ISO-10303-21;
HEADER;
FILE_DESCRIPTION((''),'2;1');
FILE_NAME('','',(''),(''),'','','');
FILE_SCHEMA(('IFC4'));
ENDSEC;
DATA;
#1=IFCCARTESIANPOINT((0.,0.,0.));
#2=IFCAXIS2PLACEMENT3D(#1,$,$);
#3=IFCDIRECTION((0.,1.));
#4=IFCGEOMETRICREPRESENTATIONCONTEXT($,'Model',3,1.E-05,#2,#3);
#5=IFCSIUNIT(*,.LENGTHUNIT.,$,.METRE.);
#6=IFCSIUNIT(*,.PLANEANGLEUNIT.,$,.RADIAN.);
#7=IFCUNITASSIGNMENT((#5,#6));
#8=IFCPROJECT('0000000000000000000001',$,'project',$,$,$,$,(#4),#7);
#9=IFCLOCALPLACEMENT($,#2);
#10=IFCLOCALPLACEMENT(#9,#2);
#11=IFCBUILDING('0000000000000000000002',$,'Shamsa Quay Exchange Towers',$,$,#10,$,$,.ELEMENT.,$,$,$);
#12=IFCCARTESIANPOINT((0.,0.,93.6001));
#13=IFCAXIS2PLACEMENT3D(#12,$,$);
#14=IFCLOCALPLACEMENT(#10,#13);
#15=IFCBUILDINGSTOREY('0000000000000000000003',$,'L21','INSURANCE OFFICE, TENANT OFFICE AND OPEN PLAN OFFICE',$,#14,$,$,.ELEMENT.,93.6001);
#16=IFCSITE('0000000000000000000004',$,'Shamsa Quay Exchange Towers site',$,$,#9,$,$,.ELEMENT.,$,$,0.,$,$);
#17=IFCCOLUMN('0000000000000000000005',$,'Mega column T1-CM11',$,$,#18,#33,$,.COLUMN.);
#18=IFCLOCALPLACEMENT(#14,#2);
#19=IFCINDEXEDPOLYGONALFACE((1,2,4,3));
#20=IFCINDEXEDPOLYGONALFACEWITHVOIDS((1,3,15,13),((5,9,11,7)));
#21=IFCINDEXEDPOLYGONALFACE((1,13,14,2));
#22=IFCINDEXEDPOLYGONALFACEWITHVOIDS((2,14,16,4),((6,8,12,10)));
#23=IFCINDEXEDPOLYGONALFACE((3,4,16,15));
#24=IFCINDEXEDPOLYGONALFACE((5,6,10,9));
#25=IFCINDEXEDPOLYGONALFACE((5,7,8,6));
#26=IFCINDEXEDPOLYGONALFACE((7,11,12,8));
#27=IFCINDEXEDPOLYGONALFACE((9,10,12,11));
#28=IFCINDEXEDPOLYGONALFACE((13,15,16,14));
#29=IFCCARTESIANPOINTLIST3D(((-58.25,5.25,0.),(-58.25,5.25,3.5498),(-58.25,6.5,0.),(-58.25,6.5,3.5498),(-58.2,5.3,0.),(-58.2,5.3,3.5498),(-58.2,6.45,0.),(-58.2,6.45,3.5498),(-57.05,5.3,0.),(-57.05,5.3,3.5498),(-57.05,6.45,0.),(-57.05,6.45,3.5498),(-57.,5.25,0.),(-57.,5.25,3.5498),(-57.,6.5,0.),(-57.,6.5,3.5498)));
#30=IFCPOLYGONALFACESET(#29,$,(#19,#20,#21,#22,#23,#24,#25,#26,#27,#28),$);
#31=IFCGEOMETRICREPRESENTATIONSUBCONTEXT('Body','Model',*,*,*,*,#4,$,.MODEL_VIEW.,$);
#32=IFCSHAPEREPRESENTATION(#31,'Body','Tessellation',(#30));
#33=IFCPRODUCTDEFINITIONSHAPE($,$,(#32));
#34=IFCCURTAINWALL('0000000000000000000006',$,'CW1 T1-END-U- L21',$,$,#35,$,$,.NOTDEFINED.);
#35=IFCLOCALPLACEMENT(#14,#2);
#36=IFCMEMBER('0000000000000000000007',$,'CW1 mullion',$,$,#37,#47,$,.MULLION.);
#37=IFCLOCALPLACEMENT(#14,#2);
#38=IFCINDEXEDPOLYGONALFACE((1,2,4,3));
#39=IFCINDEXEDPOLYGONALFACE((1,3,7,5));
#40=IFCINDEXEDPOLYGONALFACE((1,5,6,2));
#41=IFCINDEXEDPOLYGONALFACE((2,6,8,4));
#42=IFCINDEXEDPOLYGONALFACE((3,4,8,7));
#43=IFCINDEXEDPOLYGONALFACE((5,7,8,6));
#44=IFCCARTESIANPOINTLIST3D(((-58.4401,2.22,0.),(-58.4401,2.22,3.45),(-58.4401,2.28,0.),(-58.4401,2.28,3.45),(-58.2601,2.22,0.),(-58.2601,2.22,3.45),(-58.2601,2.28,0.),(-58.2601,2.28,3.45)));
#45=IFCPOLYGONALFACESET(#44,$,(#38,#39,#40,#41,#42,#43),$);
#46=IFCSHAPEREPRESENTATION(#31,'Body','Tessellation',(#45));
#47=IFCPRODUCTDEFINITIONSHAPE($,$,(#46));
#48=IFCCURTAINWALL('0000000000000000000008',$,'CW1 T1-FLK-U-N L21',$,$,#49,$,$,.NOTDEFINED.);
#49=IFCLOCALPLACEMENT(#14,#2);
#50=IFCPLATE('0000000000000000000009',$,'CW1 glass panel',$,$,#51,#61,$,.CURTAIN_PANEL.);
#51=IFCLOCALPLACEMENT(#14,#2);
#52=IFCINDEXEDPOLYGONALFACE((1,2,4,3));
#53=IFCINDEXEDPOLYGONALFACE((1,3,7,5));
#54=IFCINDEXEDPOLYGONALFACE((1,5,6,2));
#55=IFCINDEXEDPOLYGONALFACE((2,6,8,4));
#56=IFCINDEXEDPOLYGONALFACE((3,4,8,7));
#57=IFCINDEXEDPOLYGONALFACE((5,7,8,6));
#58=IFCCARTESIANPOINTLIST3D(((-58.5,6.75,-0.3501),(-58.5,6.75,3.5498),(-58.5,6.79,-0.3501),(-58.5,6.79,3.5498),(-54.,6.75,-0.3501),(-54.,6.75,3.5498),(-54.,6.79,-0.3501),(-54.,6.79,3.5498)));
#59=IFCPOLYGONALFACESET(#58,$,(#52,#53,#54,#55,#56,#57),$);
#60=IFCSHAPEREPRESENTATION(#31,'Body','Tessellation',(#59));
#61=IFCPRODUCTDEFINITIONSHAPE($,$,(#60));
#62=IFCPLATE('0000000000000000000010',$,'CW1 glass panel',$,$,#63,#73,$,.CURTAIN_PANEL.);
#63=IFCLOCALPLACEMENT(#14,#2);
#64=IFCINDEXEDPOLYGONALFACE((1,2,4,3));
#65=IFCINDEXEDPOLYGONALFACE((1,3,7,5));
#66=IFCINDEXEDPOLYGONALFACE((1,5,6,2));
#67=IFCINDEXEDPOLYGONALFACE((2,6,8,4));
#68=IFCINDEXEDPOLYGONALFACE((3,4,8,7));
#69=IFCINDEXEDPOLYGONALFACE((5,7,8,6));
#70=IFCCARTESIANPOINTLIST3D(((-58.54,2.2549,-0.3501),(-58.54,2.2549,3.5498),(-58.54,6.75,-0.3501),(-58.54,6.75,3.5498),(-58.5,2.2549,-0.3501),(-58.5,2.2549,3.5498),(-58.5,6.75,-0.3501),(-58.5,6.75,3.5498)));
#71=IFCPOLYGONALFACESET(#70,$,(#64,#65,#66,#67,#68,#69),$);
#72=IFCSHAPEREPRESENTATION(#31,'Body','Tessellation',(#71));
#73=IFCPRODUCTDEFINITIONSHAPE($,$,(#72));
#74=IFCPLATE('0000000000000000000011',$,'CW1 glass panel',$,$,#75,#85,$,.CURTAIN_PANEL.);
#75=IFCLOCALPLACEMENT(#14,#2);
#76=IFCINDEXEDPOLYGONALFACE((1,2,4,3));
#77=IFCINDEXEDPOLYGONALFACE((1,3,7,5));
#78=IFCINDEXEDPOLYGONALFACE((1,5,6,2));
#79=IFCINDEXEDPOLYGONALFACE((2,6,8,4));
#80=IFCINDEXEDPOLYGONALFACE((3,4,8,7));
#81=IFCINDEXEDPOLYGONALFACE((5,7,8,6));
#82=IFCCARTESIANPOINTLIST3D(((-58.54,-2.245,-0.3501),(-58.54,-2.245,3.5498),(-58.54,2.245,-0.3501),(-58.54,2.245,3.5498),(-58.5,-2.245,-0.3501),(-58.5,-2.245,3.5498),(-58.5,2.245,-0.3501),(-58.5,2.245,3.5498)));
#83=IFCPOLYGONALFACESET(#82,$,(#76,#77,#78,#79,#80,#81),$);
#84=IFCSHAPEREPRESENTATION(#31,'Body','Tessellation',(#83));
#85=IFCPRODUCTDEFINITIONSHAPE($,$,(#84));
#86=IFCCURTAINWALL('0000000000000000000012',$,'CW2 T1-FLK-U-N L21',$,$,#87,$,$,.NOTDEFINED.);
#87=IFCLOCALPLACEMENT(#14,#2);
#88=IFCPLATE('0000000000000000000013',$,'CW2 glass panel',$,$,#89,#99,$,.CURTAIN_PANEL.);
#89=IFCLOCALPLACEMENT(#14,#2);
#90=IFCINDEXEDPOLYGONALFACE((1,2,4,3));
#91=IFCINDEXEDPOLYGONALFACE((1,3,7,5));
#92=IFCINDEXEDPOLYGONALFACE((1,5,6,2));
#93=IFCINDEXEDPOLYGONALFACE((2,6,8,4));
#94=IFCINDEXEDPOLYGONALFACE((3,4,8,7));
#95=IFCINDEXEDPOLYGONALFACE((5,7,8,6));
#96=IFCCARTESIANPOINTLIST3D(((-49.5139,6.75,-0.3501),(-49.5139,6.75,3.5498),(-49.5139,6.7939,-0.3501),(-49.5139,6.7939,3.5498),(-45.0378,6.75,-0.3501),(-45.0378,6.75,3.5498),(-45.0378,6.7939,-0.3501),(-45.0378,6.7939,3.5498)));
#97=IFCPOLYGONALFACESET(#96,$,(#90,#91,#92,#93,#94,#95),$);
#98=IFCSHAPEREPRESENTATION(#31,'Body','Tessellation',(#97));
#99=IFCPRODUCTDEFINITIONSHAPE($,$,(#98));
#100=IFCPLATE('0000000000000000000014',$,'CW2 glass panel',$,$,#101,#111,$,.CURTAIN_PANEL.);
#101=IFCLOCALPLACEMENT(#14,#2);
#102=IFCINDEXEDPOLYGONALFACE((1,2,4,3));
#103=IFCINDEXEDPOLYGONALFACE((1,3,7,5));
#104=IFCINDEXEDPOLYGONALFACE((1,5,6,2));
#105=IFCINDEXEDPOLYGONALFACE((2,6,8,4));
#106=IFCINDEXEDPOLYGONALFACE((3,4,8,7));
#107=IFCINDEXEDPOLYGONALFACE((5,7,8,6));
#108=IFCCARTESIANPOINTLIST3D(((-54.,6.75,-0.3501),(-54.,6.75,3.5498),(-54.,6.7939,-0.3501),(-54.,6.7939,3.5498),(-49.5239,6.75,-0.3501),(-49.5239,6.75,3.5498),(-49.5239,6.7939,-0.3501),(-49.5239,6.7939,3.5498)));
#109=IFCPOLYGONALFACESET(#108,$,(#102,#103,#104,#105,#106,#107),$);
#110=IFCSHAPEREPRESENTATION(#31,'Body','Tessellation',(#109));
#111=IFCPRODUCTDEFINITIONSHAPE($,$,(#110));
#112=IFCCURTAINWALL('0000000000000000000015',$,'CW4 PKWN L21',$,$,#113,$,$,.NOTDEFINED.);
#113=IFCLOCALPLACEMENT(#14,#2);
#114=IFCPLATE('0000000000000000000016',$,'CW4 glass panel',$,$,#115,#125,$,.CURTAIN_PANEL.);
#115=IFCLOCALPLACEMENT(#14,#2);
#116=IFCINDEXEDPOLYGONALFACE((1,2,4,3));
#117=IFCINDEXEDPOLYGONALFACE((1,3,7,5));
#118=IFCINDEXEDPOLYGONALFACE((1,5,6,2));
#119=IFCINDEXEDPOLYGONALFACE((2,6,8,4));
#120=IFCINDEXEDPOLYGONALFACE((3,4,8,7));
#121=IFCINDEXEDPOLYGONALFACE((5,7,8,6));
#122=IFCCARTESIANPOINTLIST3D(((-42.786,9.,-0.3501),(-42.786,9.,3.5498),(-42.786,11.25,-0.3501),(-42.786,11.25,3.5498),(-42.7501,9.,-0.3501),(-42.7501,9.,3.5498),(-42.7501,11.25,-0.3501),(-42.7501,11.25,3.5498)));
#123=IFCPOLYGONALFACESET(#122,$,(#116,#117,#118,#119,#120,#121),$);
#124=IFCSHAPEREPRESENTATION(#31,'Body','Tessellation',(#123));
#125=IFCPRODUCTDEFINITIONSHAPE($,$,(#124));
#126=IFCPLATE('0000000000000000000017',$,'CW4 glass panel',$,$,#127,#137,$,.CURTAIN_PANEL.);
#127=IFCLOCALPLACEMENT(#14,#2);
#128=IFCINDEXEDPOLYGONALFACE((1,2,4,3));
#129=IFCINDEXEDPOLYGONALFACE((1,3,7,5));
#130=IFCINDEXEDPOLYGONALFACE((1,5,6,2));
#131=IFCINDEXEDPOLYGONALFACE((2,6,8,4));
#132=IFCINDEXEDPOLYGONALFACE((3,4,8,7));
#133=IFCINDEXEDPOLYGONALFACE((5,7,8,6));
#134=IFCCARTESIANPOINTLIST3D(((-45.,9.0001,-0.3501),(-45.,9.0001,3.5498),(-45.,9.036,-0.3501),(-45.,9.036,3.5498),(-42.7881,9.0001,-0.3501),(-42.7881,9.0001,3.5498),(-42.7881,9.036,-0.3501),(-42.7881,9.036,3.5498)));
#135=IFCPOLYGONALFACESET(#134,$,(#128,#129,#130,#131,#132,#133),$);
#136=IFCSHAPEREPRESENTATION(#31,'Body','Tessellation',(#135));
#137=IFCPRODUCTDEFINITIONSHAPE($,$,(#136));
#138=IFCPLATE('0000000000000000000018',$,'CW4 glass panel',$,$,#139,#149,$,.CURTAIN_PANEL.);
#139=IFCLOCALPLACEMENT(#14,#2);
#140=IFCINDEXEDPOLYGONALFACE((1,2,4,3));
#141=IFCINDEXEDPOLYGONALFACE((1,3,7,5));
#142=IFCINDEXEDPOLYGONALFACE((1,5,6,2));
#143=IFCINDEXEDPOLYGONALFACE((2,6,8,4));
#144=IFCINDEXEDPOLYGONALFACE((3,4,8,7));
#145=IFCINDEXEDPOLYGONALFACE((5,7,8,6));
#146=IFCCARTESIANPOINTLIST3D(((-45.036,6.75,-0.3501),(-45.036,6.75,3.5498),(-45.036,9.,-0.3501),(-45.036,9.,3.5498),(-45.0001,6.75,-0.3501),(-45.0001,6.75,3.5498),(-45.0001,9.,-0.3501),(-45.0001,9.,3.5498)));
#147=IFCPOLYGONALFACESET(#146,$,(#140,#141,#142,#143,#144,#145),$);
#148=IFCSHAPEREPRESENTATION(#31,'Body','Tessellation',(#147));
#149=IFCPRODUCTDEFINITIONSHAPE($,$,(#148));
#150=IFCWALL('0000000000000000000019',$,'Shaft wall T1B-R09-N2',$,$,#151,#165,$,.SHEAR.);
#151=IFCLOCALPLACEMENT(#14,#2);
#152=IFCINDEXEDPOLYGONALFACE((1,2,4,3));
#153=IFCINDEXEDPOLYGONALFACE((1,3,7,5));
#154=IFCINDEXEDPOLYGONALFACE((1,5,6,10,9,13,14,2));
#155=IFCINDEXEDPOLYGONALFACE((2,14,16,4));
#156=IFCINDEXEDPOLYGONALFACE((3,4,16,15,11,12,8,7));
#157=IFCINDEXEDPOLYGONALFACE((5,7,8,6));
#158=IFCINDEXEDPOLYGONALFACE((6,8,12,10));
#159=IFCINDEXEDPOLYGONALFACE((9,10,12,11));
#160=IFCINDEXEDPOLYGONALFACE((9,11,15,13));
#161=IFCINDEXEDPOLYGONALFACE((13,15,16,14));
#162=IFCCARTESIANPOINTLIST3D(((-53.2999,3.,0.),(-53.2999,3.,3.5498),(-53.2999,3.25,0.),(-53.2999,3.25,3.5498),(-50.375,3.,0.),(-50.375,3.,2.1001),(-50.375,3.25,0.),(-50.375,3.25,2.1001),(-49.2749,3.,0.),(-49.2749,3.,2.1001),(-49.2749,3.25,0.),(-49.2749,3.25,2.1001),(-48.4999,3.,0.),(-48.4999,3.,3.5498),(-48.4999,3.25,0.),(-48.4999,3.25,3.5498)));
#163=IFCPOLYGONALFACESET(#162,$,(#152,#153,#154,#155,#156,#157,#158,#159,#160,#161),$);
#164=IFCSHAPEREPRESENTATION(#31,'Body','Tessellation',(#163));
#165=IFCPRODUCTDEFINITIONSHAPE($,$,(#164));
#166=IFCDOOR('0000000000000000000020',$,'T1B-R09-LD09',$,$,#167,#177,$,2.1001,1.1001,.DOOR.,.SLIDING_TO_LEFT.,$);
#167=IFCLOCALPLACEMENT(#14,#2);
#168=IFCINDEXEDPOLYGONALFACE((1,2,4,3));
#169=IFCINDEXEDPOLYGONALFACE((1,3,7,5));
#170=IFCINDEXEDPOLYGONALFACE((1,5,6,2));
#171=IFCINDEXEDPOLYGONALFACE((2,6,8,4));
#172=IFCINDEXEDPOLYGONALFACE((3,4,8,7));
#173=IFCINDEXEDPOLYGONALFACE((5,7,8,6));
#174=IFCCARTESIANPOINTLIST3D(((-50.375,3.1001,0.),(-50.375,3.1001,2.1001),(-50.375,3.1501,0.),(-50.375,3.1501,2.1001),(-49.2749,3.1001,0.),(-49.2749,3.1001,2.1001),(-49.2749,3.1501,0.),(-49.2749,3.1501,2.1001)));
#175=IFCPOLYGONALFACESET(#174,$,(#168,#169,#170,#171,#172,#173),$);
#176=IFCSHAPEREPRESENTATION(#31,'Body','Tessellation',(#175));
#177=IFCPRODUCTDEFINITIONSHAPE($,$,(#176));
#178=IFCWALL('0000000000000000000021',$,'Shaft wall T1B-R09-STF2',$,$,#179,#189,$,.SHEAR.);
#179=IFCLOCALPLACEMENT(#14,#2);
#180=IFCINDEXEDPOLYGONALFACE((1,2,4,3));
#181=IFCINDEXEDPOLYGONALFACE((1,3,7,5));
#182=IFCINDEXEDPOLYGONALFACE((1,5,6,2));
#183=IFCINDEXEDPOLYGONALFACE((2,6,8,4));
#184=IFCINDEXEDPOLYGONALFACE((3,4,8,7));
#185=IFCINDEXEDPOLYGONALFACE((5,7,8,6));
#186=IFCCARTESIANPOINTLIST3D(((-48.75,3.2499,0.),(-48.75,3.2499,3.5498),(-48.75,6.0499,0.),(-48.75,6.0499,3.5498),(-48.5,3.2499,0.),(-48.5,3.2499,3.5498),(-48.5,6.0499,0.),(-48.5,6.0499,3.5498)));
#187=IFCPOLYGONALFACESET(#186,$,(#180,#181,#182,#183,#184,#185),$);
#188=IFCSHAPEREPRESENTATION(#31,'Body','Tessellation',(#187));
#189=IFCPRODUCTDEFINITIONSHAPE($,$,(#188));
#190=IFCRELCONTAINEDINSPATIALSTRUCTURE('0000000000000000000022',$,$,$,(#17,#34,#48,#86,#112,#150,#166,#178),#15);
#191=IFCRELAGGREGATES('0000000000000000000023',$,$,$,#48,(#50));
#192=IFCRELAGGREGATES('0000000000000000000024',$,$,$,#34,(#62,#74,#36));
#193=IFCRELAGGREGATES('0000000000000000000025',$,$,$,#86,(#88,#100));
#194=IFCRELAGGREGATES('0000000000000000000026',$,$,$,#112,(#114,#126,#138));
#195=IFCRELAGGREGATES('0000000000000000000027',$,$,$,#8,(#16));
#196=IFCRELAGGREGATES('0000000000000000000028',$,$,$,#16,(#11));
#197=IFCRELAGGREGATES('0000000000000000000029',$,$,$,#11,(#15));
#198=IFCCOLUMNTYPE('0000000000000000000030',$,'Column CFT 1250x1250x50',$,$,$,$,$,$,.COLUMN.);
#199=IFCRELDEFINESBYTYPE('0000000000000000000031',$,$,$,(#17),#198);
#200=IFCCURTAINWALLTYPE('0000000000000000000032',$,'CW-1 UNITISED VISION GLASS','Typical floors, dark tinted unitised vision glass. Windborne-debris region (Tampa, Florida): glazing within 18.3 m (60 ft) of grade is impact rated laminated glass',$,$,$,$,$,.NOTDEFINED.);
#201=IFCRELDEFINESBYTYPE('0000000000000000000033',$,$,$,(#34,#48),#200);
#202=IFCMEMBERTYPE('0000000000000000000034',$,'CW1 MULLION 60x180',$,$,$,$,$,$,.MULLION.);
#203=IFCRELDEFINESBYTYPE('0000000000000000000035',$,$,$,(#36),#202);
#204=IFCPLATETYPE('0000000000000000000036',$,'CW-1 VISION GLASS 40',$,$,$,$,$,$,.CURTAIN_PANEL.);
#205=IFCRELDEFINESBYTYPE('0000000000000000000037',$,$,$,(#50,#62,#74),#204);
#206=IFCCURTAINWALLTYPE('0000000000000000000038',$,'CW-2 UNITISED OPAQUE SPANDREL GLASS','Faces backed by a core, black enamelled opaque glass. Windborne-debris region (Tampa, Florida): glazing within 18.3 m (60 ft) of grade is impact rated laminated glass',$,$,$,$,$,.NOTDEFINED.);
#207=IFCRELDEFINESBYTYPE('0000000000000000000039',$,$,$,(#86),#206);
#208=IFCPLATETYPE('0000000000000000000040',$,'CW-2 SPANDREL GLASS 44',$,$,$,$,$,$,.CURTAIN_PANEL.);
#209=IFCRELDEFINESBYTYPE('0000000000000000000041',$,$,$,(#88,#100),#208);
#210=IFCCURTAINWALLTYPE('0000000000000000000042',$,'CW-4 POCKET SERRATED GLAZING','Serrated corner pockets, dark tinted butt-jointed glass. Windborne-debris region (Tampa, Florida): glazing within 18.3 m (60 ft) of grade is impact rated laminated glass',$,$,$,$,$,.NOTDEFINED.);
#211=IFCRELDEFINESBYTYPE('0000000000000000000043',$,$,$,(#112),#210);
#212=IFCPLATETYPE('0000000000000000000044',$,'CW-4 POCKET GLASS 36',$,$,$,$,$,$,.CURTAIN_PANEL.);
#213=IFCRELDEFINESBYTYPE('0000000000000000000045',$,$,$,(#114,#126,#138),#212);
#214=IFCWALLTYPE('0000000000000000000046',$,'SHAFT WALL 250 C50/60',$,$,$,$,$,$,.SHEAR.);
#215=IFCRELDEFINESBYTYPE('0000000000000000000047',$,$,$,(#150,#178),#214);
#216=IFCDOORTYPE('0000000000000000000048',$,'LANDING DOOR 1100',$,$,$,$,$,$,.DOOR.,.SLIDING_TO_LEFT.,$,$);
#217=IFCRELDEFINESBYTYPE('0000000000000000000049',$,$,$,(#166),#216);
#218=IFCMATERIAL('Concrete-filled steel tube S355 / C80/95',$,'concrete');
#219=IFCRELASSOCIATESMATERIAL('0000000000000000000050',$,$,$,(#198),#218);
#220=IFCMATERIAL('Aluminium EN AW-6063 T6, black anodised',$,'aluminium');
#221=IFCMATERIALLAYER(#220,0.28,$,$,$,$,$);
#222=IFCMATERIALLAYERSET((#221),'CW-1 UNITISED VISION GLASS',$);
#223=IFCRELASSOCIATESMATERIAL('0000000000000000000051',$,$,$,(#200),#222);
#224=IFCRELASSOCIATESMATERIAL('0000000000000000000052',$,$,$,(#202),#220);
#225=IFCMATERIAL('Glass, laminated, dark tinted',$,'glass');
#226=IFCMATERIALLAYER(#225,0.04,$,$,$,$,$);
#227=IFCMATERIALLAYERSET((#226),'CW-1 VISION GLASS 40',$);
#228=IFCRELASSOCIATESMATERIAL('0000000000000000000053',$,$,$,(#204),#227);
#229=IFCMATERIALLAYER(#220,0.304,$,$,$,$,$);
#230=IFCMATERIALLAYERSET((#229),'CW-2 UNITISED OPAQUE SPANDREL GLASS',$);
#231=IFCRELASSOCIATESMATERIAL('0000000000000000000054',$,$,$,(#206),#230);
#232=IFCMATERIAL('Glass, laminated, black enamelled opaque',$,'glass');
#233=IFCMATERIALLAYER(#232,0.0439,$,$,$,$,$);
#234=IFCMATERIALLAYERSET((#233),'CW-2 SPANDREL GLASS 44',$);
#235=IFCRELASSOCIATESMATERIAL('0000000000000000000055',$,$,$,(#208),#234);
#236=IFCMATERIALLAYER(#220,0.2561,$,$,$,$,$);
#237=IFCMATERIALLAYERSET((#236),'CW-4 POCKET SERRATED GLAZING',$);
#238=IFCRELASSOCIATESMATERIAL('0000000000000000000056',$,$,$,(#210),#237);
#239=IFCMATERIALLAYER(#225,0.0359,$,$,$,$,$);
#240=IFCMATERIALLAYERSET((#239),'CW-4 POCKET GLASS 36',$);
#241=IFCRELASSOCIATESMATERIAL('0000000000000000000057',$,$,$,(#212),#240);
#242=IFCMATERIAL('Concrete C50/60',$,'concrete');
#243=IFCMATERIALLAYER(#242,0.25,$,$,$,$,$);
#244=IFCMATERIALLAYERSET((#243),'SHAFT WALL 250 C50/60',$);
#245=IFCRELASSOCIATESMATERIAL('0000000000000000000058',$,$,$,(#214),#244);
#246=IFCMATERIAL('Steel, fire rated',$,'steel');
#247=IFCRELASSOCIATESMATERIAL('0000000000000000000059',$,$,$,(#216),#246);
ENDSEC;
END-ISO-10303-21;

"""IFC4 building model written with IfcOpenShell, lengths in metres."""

from ifc_helpers import new_model, si_unit, direction, frame, frame_2d, origin, origin_2d, place, context, subcontext, project, spatial, rectangle, hollow_rectangle, extrude, material, layer, layer_set, material_profile, profile_set, type_object, element, fill, aggregate, save


model = new_model("IFC4")

# Units and contexts
model_context = context("Model", 3, precision=1e-05, world=origin(), true_north=direction((0.0, 1.0)))
body_context = subcontext(model_context, "Body", "Model", "MODEL_VIEW")
ifc_project = project(units=[si_unit("LENGTHUNIT", "METRE"), si_unit("PLANEANGLEUNIT", "RADIAN")], contexts=[model_context])

# Site, building, storey
site_placement = place(None, origin())
site = spatial("IfcSite", under=ifc_project, at=site_placement, Name="Shamsa Quay Exchange Towers site", CompositionType="ELEMENT", RefElevation=0.0)
building_placement = place(site_placement, origin())
building = spatial("IfcBuilding", under=site, at=building_placement, Name="Shamsa Quay Exchange Towers", CompositionType="ELEMENT")
storey_placement = place(building_placement, frame((0.0, 0.0, 93.6001)))
storey = spatial("IfcBuildingStorey", under=building, at=storey_placement, Name="L21", Description="INSURANCE OFFICE, TENANT OFFICE AND OPEN PLAN OFFICE", CompositionType="ELEMENT", Elevation=93.6001)

# Column
ifc_material_1 = material(Name="Concrete-filled steel tube S355 / C80/95", Category="concrete")
ifc_material_profile_1 = material_profile(ifc_material_1, hollow_rectangle(XDim=1.25, YDim=1.25, WallThickness=0.05, at=origin_2d()), Name="CFT 1250x1250x50")
ifc_profile_set_1 = profile_set([ifc_material_profile_1], Name="Concrete-filled steel tube S355 / C80/95")
column_type = type_object("IfcColumnType", Name="Column CFT 1250x1250x50", PredefinedType="COLUMN", material=ifc_profile_set_1)
column_placement = place(storey_placement, frame((-57.625, 5.875, 0.0)))
element("IfcColumn", 1, at=column_placement, inside=storey, type_object=column_type, Name="Mega column T1-CM11", PredefinedType="COLUMN", context=body_context, shape_type="SweptSolid", body=[
    extrude(hollow_rectangle(XDim=1.25, YDim=1.25, WallThickness=0.05, at=origin_2d()), origin(), (0.0, 0.0, 1.0), 3.5498),
])

# Curtain wall, member
ifc_material_2 = material(Name="Aluminium EN AW-6063 T6, black anodised", Category="aluminium")
ifc_layer_1 = layer(ifc_material_2, 0.28)
ifc_layer_set_1 = layer_set([ifc_layer_1], Name="CW-1 UNITISED VISION GLASS")
curtain_wall_type_1 = type_object("IfcCurtainWallType", Name="CW-1 UNITISED VISION GLASS", Description="Typical floors, dark tinted unitised vision glass. Windborne-debris region (Tampa, Florida): glazing within 18.3 m (60 ft) of grade is impact rated laminated glass", PredefinedType="NOTDEFINED", material=ifc_layer_set_1)
curtain_wall_1_placement = place(storey_placement, origin())
curtain_wall_1 = element("IfcCurtainWall", 2, at=curtain_wall_1_placement, inside=storey, type_object=curtain_wall_type_1, Name="CW1 T1-END-U- L21", PredefinedType="NOTDEFINED")
ifc_material_profile_2 = material_profile(ifc_material_2, rectangle(XDim=0.1799, YDim=0.0601, at=origin_2d()), Name="MU60x180")
ifc_profile_set_2 = profile_set([ifc_material_profile_2], Name="Aluminium EN AW-6063 T6, black anodised")
member_type = type_object("IfcMemberType", Name="CW1 MULLION 60x180", PredefinedType="MULLION", material=ifc_profile_set_2)
member_placement = place(storey_placement, frame((-58.3501, 2.25, 0.0)))
member = element("IfcMember", 3, at=member_placement, type_object=member_type, Name="CW1 mullion", PredefinedType="MULLION", context=body_context, shape_type="SweptSolid", body=[
    extrude(rectangle(XDim=0.1799, YDim=0.0601, at=origin_2d()), origin(), (0.0, 0.0, 1.0), 3.45),
])

# Curtain wall, plate
curtain_wall_2_placement = place(storey_placement, origin())
curtain_wall_2 = element("IfcCurtainWall", 4, at=curtain_wall_2_placement, inside=storey, type_object=curtain_wall_type_1, Name="CW1 T1-FLK-U-N L21", PredefinedType="NOTDEFINED")
ifc_material_3 = material(Name="Glass, laminated, dark tinted", Category="glass")
ifc_layer_2 = layer(ifc_material_3, 0.04)
ifc_layer_set_2 = layer_set([ifc_layer_2], Name="CW-1 VISION GLASS 40")
plate_type_1 = type_object("IfcPlateType", Name="CW-1 VISION GLASS 40", PredefinedType="CURTAIN_PANEL", material=ifc_layer_set_2)
plate_1_placement = place(storey_placement, frame((-56.25, 6.77, -0.3501), z_axis=(0.0, 0.0, 1.0), x_axis=(-1.0, 0.0, 0.0)))
plate_1 = element("IfcPlate", 5, at=plate_1_placement, type_object=plate_type_1, Name="CW1 glass panel", PredefinedType="CURTAIN_PANEL", context=body_context, shape_type="SweptSolid", body=[
    extrude(rectangle(XDim=4.5, YDim=0.04, at=origin_2d()), origin(), (0.0, 0.0, 1.0), 3.8999),
])
aggregate(curtain_wall_2, [plate_1])

# Plates
plate_2_placement = place(storey_placement, frame((-58.52, 4.5024, -0.3501), z_axis=(0.0, 0.0, 1.0), x_axis=(0.0, -1.0, 0.0)))
plate_2 = element("IfcPlate", 6, at=plate_2_placement, type_object=plate_type_1, Name="CW1 glass panel", PredefinedType="CURTAIN_PANEL", context=body_context, shape_type="SweptSolid", body=[
    extrude(rectangle(XDim=4.4951, YDim=0.04, at=origin_2d()), origin(), (0.0, 0.0, 1.0), 3.8999),
])
plate_3_placement = place(storey_placement, frame((-58.52, 0.0, -0.3501), z_axis=(0.0, 0.0, 1.0), x_axis=(0.0, -1.0, 0.0)))
plate_3 = element("IfcPlate", 7, at=plate_3_placement, type_object=plate_type_1, Name="CW1 glass panel", PredefinedType="CURTAIN_PANEL", context=body_context, shape_type="SweptSolid", body=[
    extrude(rectangle(XDim=4.49, YDim=0.04, at=origin_2d()), origin(), (0.0, 0.0, 1.0), 3.8999),
])
aggregate(curtain_wall_1, [plate_2, plate_3, member])

# Curtain walls, plates
ifc_layer_3 = layer(ifc_material_2, 0.304)
ifc_layer_set_3 = layer_set([ifc_layer_3], Name="CW-2 UNITISED OPAQUE SPANDREL GLASS")
curtain_wall_type_2 = type_object("IfcCurtainWallType", Name="CW-2 UNITISED OPAQUE SPANDREL GLASS", Description="Faces backed by a core, black enamelled opaque glass. Windborne-debris region (Tampa, Florida): glazing within 18.3 m (60 ft) of grade is impact rated laminated glass", PredefinedType="NOTDEFINED", material=ifc_layer_set_3)
curtain_wall_3_placement = place(storey_placement, origin())
curtain_wall_3 = element("IfcCurtainWall", 8, at=curtain_wall_3_placement, inside=storey, type_object=curtain_wall_type_2, Name="CW2 T1-FLK-U-N L21", PredefinedType="NOTDEFINED")
ifc_material_4 = material(Name="Glass, laminated, black enamelled opaque", Category="glass")
ifc_layer_4 = layer(ifc_material_4, 0.0439)
ifc_layer_set_4 = layer_set([ifc_layer_4], Name="CW-2 SPANDREL GLASS 44")
plate_type_2 = type_object("IfcPlateType", Name="CW-2 SPANDREL GLASS 44", PredefinedType="CURTAIN_PANEL", material=ifc_layer_set_4)
plate_4_placement = place(storey_placement, frame((-47.2759, 6.772, -0.3501), z_axis=(0.0, 0.0, 1.0), x_axis=(-1.0, 0.0, 0.0)))
plate_4 = element("IfcPlate", 9, at=plate_4_placement, type_object=plate_type_2, Name="CW2 glass panel", PredefinedType="CURTAIN_PANEL", context=body_context, shape_type="SweptSolid", body=[
    extrude(rectangle(XDim=4.4761, YDim=0.0439, at=origin_2d()), origin(), (0.0, 0.0, 1.0), 3.8999),
])
plate_5_placement = place(storey_placement, frame((-51.762, 6.772, -0.3501), z_axis=(0.0, 0.0, 1.0), x_axis=(-1.0, 0.0, 0.0)))
plate_5 = element("IfcPlate", 10, at=plate_5_placement, type_object=plate_type_2, Name="CW2 glass panel", PredefinedType="CURTAIN_PANEL", context=body_context, shape_type="SweptSolid", body=[
    extrude(rectangle(XDim=4.4761, YDim=0.0439, at=origin_2d()), origin(), (0.0, 0.0, 1.0), 3.8999),
])
aggregate(curtain_wall_3, [plate_4, plate_5])
ifc_layer_5 = layer(ifc_material_2, 0.2561)
ifc_layer_set_5 = layer_set([ifc_layer_5], Name="CW-4 POCKET SERRATED GLAZING")
curtain_wall_type_3 = type_object("IfcCurtainWallType", Name="CW-4 POCKET SERRATED GLAZING", Description="Serrated corner pockets, dark tinted butt-jointed glass. Windborne-debris region (Tampa, Florida): glazing within 18.3 m (60 ft) of grade is impact rated laminated glass", PredefinedType="NOTDEFINED", material=ifc_layer_set_5)
curtain_wall_4_placement = place(storey_placement, origin())
curtain_wall_4 = element("IfcCurtainWall", 11, at=curtain_wall_4_placement, inside=storey, type_object=curtain_wall_type_3, Name="CW4 PKWN L21", PredefinedType="NOTDEFINED")
ifc_layer_6 = layer(ifc_material_3, 0.0359)
ifc_layer_set_6 = layer_set([ifc_layer_6], Name="CW-4 POCKET GLASS 36")
plate_type_3 = type_object("IfcPlateType", Name="CW-4 POCKET GLASS 36", PredefinedType="CURTAIN_PANEL", material=ifc_layer_set_6)
plate_6_placement = place(storey_placement, frame((-42.7681, 10.125, -0.3501), z_axis=(0.0, 0.0, 1.0), x_axis=(0.0, -1.0, 0.0)))
plate_6 = element("IfcPlate", 12, at=plate_6_placement, type_object=plate_type_3, Name="CW4 glass panel", PredefinedType="CURTAIN_PANEL", context=body_context, shape_type="SweptSolid", body=[
    extrude(rectangle(XDim=2.25, YDim=0.0359, at=origin_2d()), origin(), (0.0, 0.0, 1.0), 3.8999),
])
plate_7_placement = place(storey_placement, frame((-43.894, 9.0181, -0.3501), z_axis=(0.0, 0.0, 1.0), x_axis=(-1.0, 0.0, 0.0)))
plate_7 = element("IfcPlate", 13, at=plate_7_placement, type_object=plate_type_3, Name="CW4 glass panel", PredefinedType="CURTAIN_PANEL", context=body_context, shape_type="SweptSolid", body=[
    extrude(rectangle(XDim=2.2119, YDim=0.0359, at=origin_2d()), origin(), (0.0, 0.0, 1.0), 3.8999),
])
plate_8_placement = place(storey_placement, frame((-45.0181, 7.875, -0.3501), z_axis=(0.0, 0.0, 1.0), x_axis=(0.0, -1.0, 0.0)))
plate_8 = element("IfcPlate", 14, at=plate_8_placement, type_object=plate_type_3, Name="CW4 glass panel", PredefinedType="CURTAIN_PANEL", context=body_context, shape_type="SweptSolid", body=[
    extrude(rectangle(XDim=2.25, YDim=0.0359, at=origin_2d()), origin(), (0.0, 0.0, 1.0), 3.8999),
])
aggregate(curtain_wall_4, [plate_6, plate_7, plate_8])

# Wall, opening, door
ifc_material_5 = material(Name="Concrete C50/60", Category="concrete")
ifc_layer_7 = layer(ifc_material_5, 0.25)
ifc_layer_set_7 = layer_set([ifc_layer_7], Name="SHAFT WALL 250 C50/60")
wall_type_1 = type_object("IfcWallType", Name="SHAFT WALL 250 C50/60", PredefinedType="SHEAR", material=ifc_layer_set_7)
wall_1_placement = place(storey_placement, frame((-48.5, 3.125, 0.0), z_axis=(0.0, 0.0, 1.0), x_axis=(-1.0, 0.0, 0.0)))
wall_1 = element("IfcWall", 15, at=wall_1_placement, inside=storey, type_object=wall_type_1, Name="Shaft wall T1B-R09-N2", PredefinedType="SHEAR", context=body_context, shape_type="SweptSolid", body=[
    extrude(rectangle(XDim=4.8, YDim=0.25, at=frame_2d((2.3999, 0.0))), origin(), (0.0, 0.0, 1.0), 3.5498),
])
opening_1_placement = place(wall_1_placement, frame((0.7749, 0.0, 0.0)))
opening_1 = element("IfcOpeningElement", 16, at=opening_1_placement, cuts=wall_1, PredefinedType="OPENING", context=body_context, shape_type="SweptSolid", body=[
    extrude(rectangle(XDim=1.1001, YDim=2.1001, at=frame_2d((0.55, 1.05))), frame((0.0, 0.135, 0.0), z_axis=(0.0, -1.0, 0.0), x_axis=(1.0, 0.0, 0.0)), (0.0, 0.0, 1.0), 0.27),
])
ifc_material_6 = material(Name="Steel, fire rated", Category="steel")
door_type_1 = type_object("IfcDoorType", Name="LANDING DOOR 1100", OperationType="SLIDING_TO_LEFT", PredefinedType="DOOR", material=ifc_material_6)
door_1_placement = place(opening_1_placement, origin())
door_1 = element("IfcDoor", 17, at=door_1_placement, inside=storey, type_object=door_type_1, Name="T1B-R09-LD09", OperationType="SLIDING_TO_LEFT", OverallHeight=2.1001, OverallWidth=1.1001, PredefinedType="DOOR", context=body_context, shape_type="SweptSolid", body=[
    extrude(rectangle(XDim=1.1001, YDim=2.1001, at=frame_2d((0.55, 1.05))), frame((0.0, 0.0249, 0.0), z_axis=(0.0, -1.0, 0.0), x_axis=(1.0, 0.0, 0.0)), (0.0, 0.0, 1.0), 0.05),
])
fill(opening_1, door_1)

# Wall
for number, where, z_axis, x_axis, name in (
    (18, (-48.625, 3.25, 0.0), (0.0, 0.0, 1.0), (0.0, 1.0, 0.0), "Shaft wall T1B-R09-STF2"),
):
    element("IfcWall", number, at=place(storey_placement, frame(where, z_axis=z_axis, x_axis=x_axis)), inside=storey, type_object=wall_type_1, Name=name, PredefinedType="SHEAR", context=body_context, shape_type="SweptSolid", body=[
        extrude(rectangle(XDim=2.8, YDim=0.25, at=frame_2d((1.3999, 0.0))), origin(), (0.0, 0.0, 1.0), 3.5498),
    ])

save(model, "model.ifc")
